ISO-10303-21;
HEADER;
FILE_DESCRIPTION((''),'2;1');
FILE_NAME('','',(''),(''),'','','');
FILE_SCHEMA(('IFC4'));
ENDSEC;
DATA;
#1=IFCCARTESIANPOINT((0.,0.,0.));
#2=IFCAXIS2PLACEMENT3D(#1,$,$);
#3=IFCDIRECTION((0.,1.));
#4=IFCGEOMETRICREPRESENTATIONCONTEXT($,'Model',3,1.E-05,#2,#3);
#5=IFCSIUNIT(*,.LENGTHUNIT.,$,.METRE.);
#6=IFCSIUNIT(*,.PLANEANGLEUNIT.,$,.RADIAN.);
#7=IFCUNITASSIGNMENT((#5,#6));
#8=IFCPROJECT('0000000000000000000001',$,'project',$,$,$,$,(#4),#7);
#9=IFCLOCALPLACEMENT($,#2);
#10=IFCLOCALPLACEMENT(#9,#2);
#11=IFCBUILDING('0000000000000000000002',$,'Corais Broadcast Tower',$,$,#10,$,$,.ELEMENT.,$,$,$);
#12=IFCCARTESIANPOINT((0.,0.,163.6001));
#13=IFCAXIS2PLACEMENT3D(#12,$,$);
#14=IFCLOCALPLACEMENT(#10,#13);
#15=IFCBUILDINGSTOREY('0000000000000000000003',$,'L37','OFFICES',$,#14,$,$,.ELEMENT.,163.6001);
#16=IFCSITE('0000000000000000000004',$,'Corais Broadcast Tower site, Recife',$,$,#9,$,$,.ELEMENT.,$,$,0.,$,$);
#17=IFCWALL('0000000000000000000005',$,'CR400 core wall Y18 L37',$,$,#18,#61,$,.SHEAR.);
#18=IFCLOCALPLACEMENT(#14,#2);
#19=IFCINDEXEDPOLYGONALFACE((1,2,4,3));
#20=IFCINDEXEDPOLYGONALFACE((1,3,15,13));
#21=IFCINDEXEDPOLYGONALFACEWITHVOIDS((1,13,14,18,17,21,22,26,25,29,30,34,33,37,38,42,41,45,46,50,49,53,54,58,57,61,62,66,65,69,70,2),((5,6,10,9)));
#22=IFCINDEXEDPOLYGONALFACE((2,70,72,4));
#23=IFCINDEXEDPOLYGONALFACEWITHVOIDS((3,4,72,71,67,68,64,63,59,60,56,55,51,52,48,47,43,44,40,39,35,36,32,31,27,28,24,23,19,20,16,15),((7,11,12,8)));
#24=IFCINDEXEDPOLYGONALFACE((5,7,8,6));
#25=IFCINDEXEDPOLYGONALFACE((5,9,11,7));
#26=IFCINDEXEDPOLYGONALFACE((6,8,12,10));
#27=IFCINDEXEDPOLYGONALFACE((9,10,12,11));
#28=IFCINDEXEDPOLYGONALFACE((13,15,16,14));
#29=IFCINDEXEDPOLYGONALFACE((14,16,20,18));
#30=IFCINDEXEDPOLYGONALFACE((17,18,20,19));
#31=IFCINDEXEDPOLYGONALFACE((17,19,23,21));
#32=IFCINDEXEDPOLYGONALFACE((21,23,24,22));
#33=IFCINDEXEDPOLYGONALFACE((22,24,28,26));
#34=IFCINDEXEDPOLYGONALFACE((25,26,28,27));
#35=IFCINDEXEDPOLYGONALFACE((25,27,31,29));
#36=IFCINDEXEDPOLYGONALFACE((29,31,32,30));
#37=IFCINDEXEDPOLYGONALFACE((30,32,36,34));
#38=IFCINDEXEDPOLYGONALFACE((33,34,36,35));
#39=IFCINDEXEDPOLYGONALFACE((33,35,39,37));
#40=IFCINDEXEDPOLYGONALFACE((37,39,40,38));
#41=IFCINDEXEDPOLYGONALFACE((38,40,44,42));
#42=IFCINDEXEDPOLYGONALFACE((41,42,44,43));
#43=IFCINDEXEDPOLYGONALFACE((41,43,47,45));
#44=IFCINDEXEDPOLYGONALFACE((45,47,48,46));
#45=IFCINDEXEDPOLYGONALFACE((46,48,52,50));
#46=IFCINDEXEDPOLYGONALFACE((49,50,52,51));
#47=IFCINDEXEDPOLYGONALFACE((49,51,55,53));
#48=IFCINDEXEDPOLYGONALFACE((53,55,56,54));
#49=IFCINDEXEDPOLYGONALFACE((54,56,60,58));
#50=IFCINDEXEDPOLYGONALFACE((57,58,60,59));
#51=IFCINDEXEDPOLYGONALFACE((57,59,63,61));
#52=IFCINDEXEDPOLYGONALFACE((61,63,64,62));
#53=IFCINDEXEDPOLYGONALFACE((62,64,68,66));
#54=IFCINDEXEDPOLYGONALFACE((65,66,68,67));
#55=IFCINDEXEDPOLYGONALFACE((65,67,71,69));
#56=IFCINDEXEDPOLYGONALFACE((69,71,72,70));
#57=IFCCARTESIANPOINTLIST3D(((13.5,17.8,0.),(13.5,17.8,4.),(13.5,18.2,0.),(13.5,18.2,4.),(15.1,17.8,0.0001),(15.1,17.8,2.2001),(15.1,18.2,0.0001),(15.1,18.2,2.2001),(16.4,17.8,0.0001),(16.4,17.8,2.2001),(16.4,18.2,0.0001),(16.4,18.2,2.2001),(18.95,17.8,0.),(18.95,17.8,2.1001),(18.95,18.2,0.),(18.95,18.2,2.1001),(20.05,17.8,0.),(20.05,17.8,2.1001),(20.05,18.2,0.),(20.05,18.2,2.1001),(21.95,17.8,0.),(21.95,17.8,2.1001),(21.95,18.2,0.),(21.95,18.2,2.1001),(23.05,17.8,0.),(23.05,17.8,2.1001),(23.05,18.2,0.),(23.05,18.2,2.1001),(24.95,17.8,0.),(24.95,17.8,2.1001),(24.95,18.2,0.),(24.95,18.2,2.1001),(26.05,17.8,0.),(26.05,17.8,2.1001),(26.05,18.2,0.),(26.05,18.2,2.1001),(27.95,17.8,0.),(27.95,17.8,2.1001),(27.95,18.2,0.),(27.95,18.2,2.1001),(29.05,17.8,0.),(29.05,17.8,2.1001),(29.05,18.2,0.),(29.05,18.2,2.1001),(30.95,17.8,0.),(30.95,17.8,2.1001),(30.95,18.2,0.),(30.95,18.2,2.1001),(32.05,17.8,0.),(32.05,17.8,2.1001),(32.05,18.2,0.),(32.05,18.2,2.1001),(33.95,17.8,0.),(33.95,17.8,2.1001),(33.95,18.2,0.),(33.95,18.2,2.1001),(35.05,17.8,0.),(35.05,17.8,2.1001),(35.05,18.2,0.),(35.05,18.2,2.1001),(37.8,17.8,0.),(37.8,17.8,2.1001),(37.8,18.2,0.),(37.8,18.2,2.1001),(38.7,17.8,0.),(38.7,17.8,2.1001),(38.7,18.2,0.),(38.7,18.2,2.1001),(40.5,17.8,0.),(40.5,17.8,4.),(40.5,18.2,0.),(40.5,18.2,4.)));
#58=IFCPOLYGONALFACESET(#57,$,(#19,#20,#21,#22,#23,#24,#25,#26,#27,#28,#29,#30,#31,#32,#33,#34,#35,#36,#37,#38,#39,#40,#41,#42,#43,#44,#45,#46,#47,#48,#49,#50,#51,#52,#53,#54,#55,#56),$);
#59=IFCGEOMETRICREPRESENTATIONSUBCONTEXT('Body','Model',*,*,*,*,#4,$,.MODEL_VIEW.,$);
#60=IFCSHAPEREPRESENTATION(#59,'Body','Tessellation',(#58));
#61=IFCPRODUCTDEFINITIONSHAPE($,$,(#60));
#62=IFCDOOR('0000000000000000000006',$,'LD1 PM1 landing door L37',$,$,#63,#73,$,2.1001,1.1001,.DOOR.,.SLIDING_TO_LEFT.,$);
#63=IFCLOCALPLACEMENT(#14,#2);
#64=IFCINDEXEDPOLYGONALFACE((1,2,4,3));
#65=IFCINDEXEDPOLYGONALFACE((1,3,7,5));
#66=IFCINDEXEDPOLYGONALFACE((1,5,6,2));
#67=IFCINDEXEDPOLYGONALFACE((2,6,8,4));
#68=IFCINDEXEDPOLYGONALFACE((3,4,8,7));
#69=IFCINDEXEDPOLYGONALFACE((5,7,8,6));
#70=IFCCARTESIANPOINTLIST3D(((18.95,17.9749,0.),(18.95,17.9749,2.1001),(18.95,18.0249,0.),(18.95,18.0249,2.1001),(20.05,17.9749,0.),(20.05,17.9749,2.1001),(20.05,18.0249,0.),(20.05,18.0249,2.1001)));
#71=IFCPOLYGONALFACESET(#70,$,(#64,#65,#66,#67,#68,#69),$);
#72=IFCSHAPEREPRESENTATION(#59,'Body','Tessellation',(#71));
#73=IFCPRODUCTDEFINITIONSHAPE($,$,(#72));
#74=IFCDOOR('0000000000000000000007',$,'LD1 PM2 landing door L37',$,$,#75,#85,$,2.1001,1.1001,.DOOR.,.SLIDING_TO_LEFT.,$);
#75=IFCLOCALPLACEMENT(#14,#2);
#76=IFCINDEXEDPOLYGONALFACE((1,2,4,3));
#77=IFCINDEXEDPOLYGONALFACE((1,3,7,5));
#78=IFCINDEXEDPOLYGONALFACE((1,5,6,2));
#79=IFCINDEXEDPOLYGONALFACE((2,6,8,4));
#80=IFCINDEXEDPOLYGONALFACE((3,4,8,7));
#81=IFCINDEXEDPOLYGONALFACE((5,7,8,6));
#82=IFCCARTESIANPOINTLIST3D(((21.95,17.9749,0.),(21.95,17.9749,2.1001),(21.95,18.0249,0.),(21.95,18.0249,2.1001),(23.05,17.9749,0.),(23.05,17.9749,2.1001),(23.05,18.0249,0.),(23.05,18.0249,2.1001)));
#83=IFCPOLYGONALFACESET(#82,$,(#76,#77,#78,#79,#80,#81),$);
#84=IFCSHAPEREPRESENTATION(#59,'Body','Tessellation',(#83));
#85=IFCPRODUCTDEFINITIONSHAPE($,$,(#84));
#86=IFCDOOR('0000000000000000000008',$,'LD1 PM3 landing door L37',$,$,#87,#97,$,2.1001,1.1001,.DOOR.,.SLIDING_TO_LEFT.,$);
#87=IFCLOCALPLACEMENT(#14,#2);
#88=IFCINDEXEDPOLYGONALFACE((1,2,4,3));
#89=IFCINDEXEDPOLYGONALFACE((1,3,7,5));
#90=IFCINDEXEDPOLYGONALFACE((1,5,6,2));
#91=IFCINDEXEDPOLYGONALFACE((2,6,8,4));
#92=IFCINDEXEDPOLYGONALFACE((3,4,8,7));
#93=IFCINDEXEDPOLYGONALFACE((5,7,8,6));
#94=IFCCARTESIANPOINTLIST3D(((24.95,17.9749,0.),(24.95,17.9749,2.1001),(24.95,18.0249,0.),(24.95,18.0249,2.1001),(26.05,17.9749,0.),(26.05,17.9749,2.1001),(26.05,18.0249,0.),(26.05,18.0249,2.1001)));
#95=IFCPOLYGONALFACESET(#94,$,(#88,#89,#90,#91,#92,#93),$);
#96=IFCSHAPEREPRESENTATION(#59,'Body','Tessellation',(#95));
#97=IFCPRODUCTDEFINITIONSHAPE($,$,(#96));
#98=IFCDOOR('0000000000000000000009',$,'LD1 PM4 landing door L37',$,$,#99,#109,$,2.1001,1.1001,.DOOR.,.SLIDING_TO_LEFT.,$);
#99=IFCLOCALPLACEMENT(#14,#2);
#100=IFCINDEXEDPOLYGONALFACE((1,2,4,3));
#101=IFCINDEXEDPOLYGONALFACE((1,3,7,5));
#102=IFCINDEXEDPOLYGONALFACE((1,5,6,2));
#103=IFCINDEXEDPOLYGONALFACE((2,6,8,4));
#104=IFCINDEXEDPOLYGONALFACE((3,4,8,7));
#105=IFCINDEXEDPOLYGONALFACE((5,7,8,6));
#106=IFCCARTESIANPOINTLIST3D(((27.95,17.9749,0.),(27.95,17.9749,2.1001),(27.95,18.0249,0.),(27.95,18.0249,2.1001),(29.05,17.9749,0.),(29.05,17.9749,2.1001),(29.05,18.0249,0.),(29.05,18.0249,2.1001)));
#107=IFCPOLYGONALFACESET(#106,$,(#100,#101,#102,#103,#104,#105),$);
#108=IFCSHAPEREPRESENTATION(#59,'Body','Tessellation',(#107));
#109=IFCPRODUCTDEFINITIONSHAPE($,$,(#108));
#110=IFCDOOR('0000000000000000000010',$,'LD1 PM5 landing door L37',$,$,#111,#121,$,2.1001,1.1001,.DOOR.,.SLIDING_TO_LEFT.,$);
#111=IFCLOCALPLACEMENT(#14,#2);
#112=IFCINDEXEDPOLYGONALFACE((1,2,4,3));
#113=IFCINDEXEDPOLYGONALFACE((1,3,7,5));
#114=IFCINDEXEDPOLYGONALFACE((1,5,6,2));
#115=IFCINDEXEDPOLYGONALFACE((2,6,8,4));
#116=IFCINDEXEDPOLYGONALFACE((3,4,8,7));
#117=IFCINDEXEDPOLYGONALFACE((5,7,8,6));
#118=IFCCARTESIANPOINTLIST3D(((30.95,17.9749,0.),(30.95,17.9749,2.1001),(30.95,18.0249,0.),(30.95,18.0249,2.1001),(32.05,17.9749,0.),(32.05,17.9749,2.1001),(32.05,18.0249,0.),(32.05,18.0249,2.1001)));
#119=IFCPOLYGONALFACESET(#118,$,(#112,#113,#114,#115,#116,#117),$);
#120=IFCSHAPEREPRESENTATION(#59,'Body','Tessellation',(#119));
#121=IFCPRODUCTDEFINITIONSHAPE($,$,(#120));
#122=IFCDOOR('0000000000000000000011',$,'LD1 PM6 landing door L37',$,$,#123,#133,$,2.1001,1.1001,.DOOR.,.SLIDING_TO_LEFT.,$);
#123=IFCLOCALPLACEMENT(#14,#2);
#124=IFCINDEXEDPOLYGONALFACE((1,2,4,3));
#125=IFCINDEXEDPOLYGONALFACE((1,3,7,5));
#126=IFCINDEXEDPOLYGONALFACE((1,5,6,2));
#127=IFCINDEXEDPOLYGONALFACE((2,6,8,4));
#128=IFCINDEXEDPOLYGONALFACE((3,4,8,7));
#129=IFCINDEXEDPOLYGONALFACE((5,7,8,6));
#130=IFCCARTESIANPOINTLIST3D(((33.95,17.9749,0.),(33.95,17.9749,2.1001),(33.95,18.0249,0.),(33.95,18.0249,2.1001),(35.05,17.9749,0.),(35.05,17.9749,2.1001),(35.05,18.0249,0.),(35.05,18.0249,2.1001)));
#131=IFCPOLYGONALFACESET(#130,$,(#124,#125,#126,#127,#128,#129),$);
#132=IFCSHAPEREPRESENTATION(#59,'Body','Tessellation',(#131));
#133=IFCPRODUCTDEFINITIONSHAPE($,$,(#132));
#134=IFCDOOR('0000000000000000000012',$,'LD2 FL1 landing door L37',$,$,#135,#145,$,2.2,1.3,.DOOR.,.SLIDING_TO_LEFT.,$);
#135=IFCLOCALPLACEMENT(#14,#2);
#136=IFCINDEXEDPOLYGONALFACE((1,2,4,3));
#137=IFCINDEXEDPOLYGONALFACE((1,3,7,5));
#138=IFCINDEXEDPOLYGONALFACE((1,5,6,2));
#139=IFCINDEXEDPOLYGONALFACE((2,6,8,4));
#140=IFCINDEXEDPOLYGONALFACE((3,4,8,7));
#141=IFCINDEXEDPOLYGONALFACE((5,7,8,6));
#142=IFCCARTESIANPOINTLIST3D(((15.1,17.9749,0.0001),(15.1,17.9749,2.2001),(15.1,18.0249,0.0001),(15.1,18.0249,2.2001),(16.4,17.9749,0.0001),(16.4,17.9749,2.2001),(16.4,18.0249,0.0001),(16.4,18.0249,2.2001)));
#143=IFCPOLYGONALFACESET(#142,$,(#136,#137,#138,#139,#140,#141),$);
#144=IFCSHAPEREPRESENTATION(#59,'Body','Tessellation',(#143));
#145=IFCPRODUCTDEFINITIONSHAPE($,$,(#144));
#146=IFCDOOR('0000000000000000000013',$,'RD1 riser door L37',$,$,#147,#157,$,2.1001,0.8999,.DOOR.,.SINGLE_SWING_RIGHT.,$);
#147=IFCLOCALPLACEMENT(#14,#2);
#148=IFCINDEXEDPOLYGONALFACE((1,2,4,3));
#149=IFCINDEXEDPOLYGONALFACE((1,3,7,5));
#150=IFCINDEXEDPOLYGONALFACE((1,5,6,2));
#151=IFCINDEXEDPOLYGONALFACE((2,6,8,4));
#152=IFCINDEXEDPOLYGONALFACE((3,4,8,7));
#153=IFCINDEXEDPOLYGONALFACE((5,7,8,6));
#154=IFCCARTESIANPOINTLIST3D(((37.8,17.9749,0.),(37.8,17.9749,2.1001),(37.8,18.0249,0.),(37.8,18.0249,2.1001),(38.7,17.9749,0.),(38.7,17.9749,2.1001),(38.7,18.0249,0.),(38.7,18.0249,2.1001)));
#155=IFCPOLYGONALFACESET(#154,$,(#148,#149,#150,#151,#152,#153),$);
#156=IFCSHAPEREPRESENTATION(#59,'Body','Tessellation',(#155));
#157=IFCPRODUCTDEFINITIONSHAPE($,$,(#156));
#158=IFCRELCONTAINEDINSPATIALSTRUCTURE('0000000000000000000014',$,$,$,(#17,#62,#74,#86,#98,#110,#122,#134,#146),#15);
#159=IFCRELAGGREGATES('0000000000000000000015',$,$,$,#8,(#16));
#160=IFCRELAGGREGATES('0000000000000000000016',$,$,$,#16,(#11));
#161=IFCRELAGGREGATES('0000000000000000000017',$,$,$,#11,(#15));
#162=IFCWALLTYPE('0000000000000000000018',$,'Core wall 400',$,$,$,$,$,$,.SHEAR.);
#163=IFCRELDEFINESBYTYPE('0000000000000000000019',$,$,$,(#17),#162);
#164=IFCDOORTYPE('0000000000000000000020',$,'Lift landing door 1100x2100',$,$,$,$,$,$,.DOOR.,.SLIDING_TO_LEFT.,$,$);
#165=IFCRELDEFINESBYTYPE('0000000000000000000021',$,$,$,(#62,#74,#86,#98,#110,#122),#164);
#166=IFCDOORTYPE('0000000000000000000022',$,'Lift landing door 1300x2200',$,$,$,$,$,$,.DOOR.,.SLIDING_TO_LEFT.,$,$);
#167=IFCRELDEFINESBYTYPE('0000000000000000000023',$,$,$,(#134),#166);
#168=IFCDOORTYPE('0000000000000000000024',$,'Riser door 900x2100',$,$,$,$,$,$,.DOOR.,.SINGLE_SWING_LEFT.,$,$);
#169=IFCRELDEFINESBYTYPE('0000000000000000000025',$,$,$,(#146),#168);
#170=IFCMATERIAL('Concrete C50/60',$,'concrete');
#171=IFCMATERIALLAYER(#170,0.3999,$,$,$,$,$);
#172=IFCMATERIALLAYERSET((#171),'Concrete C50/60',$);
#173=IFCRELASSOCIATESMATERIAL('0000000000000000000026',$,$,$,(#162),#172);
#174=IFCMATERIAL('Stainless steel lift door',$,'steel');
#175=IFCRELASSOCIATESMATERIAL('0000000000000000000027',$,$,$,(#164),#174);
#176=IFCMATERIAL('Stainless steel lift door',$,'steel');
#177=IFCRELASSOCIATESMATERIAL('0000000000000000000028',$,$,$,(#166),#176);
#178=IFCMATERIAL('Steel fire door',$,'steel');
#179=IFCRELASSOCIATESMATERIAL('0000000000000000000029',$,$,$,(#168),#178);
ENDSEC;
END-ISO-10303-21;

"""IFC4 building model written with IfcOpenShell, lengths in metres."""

from ifc_helpers import new_model, si_unit, direction, frame, frame_2d, origin, place, context, subcontext, project, spatial, rectangle, extrude, material, layer, layer_set, type_object, element, fill, save


model = new_model("IFC4")

# Units and contexts
model_context = context("Model", 3, precision=1e-05, world=origin(), true_north=direction((0.0, 1.0)))
body_context = subcontext(model_context, "Body", "Model", "MODEL_VIEW")
ifc_project = project(units=[si_unit("LENGTHUNIT", "METRE"), si_unit("PLANEANGLEUNIT", "RADIAN")], contexts=[model_context])

# Site, building, storey
site_placement = place(None, origin())
site = spatial("IfcSite", under=ifc_project, at=site_placement, Name="Corais Broadcast Tower site, Recife", CompositionType="ELEMENT", RefElevation=0.0)
building_placement = place(site_placement, origin())
building = spatial("IfcBuilding", under=site, at=building_placement, Name="Corais Broadcast Tower", CompositionType="ELEMENT")
storey_placement = place(building_placement, frame((0.0, 0.0, 163.6001)))
storey = spatial("IfcBuildingStorey", under=building, at=storey_placement, Name="L37", Description="OFFICES", CompositionType="ELEMENT", Elevation=163.6001)

# Wall, openings, doors
ifc_material_1 = material(Name="Concrete C50/60", Category="concrete")
ifc_layer_1 = layer(ifc_material_1, 0.3999)
ifc_layer_set_1 = layer_set([ifc_layer_1], Name="Concrete C50/60")
wall_type_1 = type_object("IfcWallType", Name="Core wall 400", PredefinedType="SHEAR", material=ifc_layer_set_1)
wall_1_placement = place(storey_placement, frame((13.5, 18.0, 0.0), z_axis=(0.0, 0.0, 1.0), x_axis=(1.0, 0.0, 0.0)))
wall_1 = element("IfcWall", 1, at=wall_1_placement, inside=storey, type_object=wall_type_1, Name="CR400 core wall Y18 L37", PredefinedType="SHEAR", context=body_context, shape_type="SweptSolid", body=[
    extrude(rectangle(XDim=27.0, YDim=0.3999, at=frame_2d((13.5, 0.0))), origin(), (0.0, 0.0, 1.0), 4.0),
])
opening_1_placement = place(wall_1_placement, frame((24.3, 0.0, 0.0)))
opening_1 = element("IfcOpeningElement", 2, at=opening_1_placement, cuts=wall_1, PredefinedType="OPENING", context=body_context, shape_type="SweptSolid", body=[
    extrude(rectangle(XDim=0.8999, YDim=2.1001, at=frame_2d((0.45, 1.05))), frame((0.0, 0.21, 0.0), z_axis=(0.0, -1.0, 0.0), x_axis=(1.0, 0.0, 0.0)), (0.0, 0.0, 1.0), 0.4199),
])
opening_2_placement = place(wall_1_placement, frame((5.45, 0.0, 0.0)))
opening_2 = element("IfcOpeningElement", 3, at=opening_2_placement, cuts=wall_1, PredefinedType="OPENING", context=body_context, shape_type="SweptSolid", body=[
    extrude(rectangle(XDim=1.1001, YDim=2.1001, at=frame_2d((0.55, 1.05))), frame((0.0, 0.21, 0.0), z_axis=(0.0, -1.0, 0.0), x_axis=(1.0, 0.0, 0.0)), (0.0, 0.0, 1.0), 0.4199),
])
opening_3_placement = place(wall_1_placement, frame((8.45, 0.0, 0.0)))
opening_3 = element("IfcOpeningElement", 4, at=opening_3_placement, cuts=wall_1, PredefinedType="OPENING", context=body_context, shape_type="SweptSolid", body=[
    extrude(rectangle(XDim=1.1001, YDim=2.1001, at=frame_2d((0.55, 1.05))), frame((0.0, 0.21, 0.0), z_axis=(0.0, -1.0, 0.0), x_axis=(1.0, 0.0, 0.0)), (0.0, 0.0, 1.0), 0.4199),
])
opening_4_placement = place(wall_1_placement, frame((11.45, 0.0, 0.0)))
opening_4 = element("IfcOpeningElement", 5, at=opening_4_placement, cuts=wall_1, PredefinedType="OPENING", context=body_context, shape_type="SweptSolid", body=[
    extrude(rectangle(XDim=1.1001, YDim=2.1001, at=frame_2d((0.55, 1.05))), frame((0.0, 0.21, 0.0), z_axis=(0.0, -1.0, 0.0), x_axis=(1.0, 0.0, 0.0)), (0.0, 0.0, 1.0), 0.4199),
])
opening_5_placement = place(wall_1_placement, frame((14.45, 0.0, 0.0)))
opening_5 = element("IfcOpeningElement", 6, at=opening_5_placement, cuts=wall_1, PredefinedType="OPENING", context=body_context, shape_type="SweptSolid", body=[
    extrude(rectangle(XDim=1.1001, YDim=2.1001, at=frame_2d((0.55, 1.05))), frame((0.0, 0.21, 0.0), z_axis=(0.0, -1.0, 0.0), x_axis=(1.0, 0.0, 0.0)), (0.0, 0.0, 1.0), 0.4199),
])
opening_6_placement = place(wall_1_placement, frame((17.45, 0.0, 0.0)))
opening_6 = element("IfcOpeningElement", 7, at=opening_6_placement, cuts=wall_1, PredefinedType="OPENING", context=body_context, shape_type="SweptSolid", body=[
    extrude(rectangle(XDim=1.1001, YDim=2.1001, at=frame_2d((0.55, 1.05))), frame((0.0, 0.21, 0.0), z_axis=(0.0, -1.0, 0.0), x_axis=(1.0, 0.0, 0.0)), (0.0, 0.0, 1.0), 0.4199),
])
opening_7_placement = place(wall_1_placement, frame((20.45, 0.0, 0.0)))
opening_7 = element("IfcOpeningElement", 8, at=opening_7_placement, cuts=wall_1, PredefinedType="OPENING", context=body_context, shape_type="SweptSolid", body=[
    extrude(rectangle(XDim=1.1001, YDim=2.1001, at=frame_2d((0.55, 1.05))), frame((0.0, 0.21, 0.0), z_axis=(0.0, -1.0, 0.0), x_axis=(1.0, 0.0, 0.0)), (0.0, 0.0, 1.0), 0.4199),
])
opening_8_placement = place(wall_1_placement, frame((1.6001, 0.0, 0.0)))
opening_8 = element("IfcOpeningElement", 9, at=opening_8_placement, cuts=wall_1, PredefinedType="OPENING", context=body_context, shape_type="SweptSolid", body=[
    extrude(rectangle(XDim=1.3, YDim=2.2, at=frame_2d((0.6499, 1.1001))), frame((0.0, 0.21, 0.0), z_axis=(0.0, -1.0, 0.0), x_axis=(1.0, 0.0, 0.0)), (0.0, 0.0, 1.0), 0.4199),
])
ifc_material_2 = material(Name="Stainless steel lift door", Category="steel")
door_type_1 = type_object("IfcDoorType", Name="Lift landing door 1100x2100", OperationType="SLIDING_TO_LEFT", PredefinedType="DOOR", material=ifc_material_2)
door_1_placement = place(opening_2_placement, origin())
door_1 = element("IfcDoor", 10, at=door_1_placement, inside=storey, type_object=door_type_1, Name="LD1 PM1 landing door L37", OperationType="SLIDING_TO_LEFT", OverallHeight=2.1001, OverallWidth=1.1001, PredefinedType="DOOR", context=body_context, shape_type="SweptSolid", body=[
    extrude(rectangle(XDim=1.1001, YDim=2.1001, at=frame_2d((0.55, 1.05))), frame((0.0, 0.0249, 0.0), z_axis=(0.0, -1.0, 0.0), x_axis=(1.0, 0.0, 0.0)), (0.0, 0.0, 1.0), 0.05),
])
fill(opening_2, door_1)
door_2_placement = place(opening_3_placement, origin())
door_2 = element("IfcDoor", 11, at=door_2_placement, inside=storey, type_object=door_type_1, Name="LD1 PM2 landing door L37", OperationType="SLIDING_TO_LEFT", OverallHeight=2.1001, OverallWidth=1.1001, PredefinedType="DOOR", context=body_context, shape_type="SweptSolid", body=[
    extrude(rectangle(XDim=1.1001, YDim=2.1001, at=frame_2d((0.55, 1.05))), frame((0.0, 0.0249, 0.0), z_axis=(0.0, -1.0, 0.0), x_axis=(1.0, 0.0, 0.0)), (0.0, 0.0, 1.0), 0.05),
])
fill(opening_3, door_2)
door_3_placement = place(opening_4_placement, origin())
door_3 = element("IfcDoor", 12, at=door_3_placement, inside=storey, type_object=door_type_1, Name="LD1 PM3 landing door L37", OperationType="SLIDING_TO_LEFT", OverallHeight=2.1001, OverallWidth=1.1001, PredefinedType="DOOR", context=body_context, shape_type="SweptSolid", body=[
    extrude(rectangle(XDim=1.1001, YDim=2.1001, at=frame_2d((0.55, 1.05))), frame((0.0, 0.0249, 0.0), z_axis=(0.0, -1.0, 0.0), x_axis=(1.0, 0.0, 0.0)), (0.0, 0.0, 1.0), 0.05),
])
fill(opening_4, door_3)
door_4_placement = place(opening_5_placement, origin())
door_4 = element("IfcDoor", 13, at=door_4_placement, inside=storey, type_object=door_type_1, Name="LD1 PM4 landing door L37", OperationType="SLIDING_TO_LEFT", OverallHeight=2.1001, OverallWidth=1.1001, PredefinedType="DOOR", context=body_context, shape_type="SweptSolid", body=[
    extrude(rectangle(XDim=1.1001, YDim=2.1001, at=frame_2d((0.55, 1.05))), frame((0.0, 0.0249, 0.0), z_axis=(0.0, -1.0, 0.0), x_axis=(1.0, 0.0, 0.0)), (0.0, 0.0, 1.0), 0.05),
])
fill(opening_5, door_4)
door_5_placement = place(opening_6_placement, origin())
door_5 = element("IfcDoor", 14, at=door_5_placement, inside=storey, type_object=door_type_1, Name="LD1 PM5 landing door L37", OperationType="SLIDING_TO_LEFT", OverallHeight=2.1001, OverallWidth=1.1001, PredefinedType="DOOR", context=body_context, shape_type="SweptSolid", body=[
    extrude(rectangle(XDim=1.1001, YDim=2.1001, at=frame_2d((0.55, 1.05))), frame((0.0, 0.0249, 0.0), z_axis=(0.0, -1.0, 0.0), x_axis=(1.0, 0.0, 0.0)), (0.0, 0.0, 1.0), 0.05),
])
fill(opening_6, door_5)
door_6_placement = place(opening_7_placement, origin())
door_6 = element("IfcDoor", 15, at=door_6_placement, inside=storey, type_object=door_type_1, Name="LD1 PM6 landing door L37", OperationType="SLIDING_TO_LEFT", OverallHeight=2.1001, OverallWidth=1.1001, PredefinedType="DOOR", context=body_context, shape_type="SweptSolid", body=[
    extrude(rectangle(XDim=1.1001, YDim=2.1001, at=frame_2d((0.55, 1.05))), frame((0.0, 0.0249, 0.0), z_axis=(0.0, -1.0, 0.0), x_axis=(1.0, 0.0, 0.0)), (0.0, 0.0, 1.0), 0.05),
])
fill(opening_7, door_6)
ifc_material_3 = material(Name="Stainless steel lift door", Category="steel")
door_type_2 = type_object("IfcDoorType", Name="Lift landing door 1300x2200", OperationType="SLIDING_TO_LEFT", PredefinedType="DOOR", material=ifc_material_3)
door_7_placement = place(opening_8_placement, origin())
door_7 = element("IfcDoor", 16, at=door_7_placement, inside=storey, type_object=door_type_2, Name="LD2 FL1 landing door L37", OperationType="SLIDING_TO_LEFT", OverallHeight=2.2, OverallWidth=1.3, PredefinedType="DOOR", context=body_context, shape_type="SweptSolid", body=[
    extrude(rectangle(XDim=1.3, YDim=2.2, at=frame_2d((0.6499, 1.1001))), frame((0.0, 0.0249, 0.0), z_axis=(0.0, -1.0, 0.0), x_axis=(1.0, 0.0, 0.0)), (0.0, 0.0, 1.0), 0.05),
])
fill(opening_8, door_7)
ifc_material_4 = material(Name="Steel fire door", Category="steel")
door_type_3 = type_object("IfcDoorType", Name="Riser door 900x2100", OperationType="SINGLE_SWING_LEFT", PredefinedType="DOOR", material=ifc_material_4)
door_8_placement = place(opening_1_placement, origin())
door_8 = element("IfcDoor", 17, at=door_8_placement, inside=storey, type_object=door_type_3, Name="RD1 riser door L37", OperationType="SINGLE_SWING_RIGHT", OverallHeight=2.1001, OverallWidth=0.8999, PredefinedType="DOOR", context=body_context, shape_type="SweptSolid", body=[
    extrude(rectangle(XDim=0.8999, YDim=2.1001, at=frame_2d((0.45, 1.05))), frame((0.0, 0.0249, 0.0), z_axis=(0.0, -1.0, 0.0), x_axis=(1.0, 0.0, 0.0)), (0.0, 0.0, 1.0), 0.05),
])
fill(opening_1, door_8)

save(model, "model.ifc")
